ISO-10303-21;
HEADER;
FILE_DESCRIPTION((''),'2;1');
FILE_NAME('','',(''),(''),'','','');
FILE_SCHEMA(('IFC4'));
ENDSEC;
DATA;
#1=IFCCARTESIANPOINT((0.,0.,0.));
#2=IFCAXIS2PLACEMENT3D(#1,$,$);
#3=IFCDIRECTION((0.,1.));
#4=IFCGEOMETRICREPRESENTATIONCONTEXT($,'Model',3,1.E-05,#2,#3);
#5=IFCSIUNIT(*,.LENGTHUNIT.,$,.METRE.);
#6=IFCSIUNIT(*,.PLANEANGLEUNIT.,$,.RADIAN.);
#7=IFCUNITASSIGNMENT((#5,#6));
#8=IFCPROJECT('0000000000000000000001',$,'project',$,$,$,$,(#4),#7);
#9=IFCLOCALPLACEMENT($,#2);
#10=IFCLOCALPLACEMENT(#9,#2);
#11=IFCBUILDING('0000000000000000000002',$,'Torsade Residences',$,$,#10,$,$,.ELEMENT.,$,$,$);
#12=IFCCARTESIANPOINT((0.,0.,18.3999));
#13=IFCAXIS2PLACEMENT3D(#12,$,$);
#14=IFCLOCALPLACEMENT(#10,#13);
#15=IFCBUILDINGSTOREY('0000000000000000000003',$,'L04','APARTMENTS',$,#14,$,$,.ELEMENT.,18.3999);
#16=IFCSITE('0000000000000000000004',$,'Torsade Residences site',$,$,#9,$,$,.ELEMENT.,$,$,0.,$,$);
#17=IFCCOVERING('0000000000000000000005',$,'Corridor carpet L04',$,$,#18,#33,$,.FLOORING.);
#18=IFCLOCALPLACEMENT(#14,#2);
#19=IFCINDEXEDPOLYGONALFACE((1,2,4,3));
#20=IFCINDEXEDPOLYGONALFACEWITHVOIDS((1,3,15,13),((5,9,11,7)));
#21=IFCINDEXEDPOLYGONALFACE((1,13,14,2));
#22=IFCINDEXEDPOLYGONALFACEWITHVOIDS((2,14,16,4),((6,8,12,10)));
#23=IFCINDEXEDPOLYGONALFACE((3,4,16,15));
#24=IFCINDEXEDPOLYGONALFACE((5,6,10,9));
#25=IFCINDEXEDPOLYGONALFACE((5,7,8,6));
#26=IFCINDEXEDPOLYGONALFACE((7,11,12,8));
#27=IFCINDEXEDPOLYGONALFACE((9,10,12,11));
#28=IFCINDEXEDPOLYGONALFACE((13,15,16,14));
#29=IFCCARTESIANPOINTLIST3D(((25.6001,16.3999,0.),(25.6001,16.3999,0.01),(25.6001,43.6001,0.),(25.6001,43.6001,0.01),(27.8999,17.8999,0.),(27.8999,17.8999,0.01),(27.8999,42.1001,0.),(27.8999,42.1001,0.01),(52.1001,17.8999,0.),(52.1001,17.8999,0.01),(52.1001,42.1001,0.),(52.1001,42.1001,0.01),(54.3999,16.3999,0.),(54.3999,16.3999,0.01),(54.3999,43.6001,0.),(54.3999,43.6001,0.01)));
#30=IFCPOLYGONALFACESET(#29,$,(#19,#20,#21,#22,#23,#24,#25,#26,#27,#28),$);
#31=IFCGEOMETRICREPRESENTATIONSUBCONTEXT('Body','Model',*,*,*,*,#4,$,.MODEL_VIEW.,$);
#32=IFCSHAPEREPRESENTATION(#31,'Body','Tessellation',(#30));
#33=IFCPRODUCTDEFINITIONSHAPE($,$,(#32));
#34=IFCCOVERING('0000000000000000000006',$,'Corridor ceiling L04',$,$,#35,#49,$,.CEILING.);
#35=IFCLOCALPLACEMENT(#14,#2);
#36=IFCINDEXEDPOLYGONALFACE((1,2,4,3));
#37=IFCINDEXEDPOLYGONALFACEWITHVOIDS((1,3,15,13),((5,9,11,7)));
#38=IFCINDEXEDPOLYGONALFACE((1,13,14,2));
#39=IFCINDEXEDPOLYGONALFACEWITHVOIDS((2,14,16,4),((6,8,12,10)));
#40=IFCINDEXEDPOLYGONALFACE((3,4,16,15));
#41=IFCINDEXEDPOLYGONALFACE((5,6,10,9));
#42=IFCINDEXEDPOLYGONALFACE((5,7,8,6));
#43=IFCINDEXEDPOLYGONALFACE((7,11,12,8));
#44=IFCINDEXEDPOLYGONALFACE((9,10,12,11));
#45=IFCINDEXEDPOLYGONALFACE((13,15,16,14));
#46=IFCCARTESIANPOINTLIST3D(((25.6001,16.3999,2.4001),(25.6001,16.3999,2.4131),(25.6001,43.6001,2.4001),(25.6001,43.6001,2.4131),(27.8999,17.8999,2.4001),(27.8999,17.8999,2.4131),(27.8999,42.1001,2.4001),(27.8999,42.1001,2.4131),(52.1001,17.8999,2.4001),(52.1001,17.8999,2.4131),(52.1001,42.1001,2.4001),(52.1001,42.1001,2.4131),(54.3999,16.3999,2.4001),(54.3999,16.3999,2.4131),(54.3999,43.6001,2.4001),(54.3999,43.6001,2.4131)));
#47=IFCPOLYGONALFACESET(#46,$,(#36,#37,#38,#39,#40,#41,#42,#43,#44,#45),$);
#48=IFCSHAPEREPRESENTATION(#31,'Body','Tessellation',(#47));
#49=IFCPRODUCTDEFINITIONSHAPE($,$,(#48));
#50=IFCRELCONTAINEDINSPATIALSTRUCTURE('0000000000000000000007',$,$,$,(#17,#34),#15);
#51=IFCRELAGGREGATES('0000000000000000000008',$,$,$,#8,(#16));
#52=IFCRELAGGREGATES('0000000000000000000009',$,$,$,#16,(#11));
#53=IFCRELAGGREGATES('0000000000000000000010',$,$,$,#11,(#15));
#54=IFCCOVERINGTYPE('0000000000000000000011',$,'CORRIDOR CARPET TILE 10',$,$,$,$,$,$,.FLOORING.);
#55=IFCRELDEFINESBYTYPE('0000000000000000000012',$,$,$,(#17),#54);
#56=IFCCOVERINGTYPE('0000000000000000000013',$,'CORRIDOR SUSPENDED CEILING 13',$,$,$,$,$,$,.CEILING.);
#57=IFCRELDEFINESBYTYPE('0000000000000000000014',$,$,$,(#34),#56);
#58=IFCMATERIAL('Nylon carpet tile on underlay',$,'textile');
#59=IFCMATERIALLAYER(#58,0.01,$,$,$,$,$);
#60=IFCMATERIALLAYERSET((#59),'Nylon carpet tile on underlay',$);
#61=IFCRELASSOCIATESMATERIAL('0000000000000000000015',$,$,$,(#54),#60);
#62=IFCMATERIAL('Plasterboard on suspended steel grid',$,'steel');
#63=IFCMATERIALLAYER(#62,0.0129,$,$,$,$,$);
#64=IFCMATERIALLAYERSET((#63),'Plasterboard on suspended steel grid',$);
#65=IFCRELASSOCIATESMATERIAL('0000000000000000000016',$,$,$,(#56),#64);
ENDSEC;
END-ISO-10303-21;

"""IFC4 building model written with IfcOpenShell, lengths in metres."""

from ifc_helpers import new_model, si_unit, direction, frame, origin, place, context, subcontext, project, spatial, polyline, outline, extrude, material, layer, layer_set, type_object, element, save


model = new_model("IFC4")

# Units and contexts
model_context = context("Model", 3, precision=1e-05, world=origin(), true_north=direction((0.0, 1.0)))
body_context = subcontext(model_context, "Body", "Model", "MODEL_VIEW")
ifc_project = project(units=[si_unit("LENGTHUNIT", "METRE"), si_unit("PLANEANGLEUNIT", "RADIAN")], contexts=[model_context])

# Site, building, storey
site_placement = place(None, origin())
site = spatial("IfcSite", under=ifc_project, at=site_placement, Name="Torsade Residences site", CompositionType="ELEMENT", RefElevation=0.0)
building_placement = place(site_placement, origin())
building = spatial("IfcBuilding", under=site, at=building_placement, Name="Torsade Residences", CompositionType="ELEMENT")
storey_placement = place(building_placement, frame((0.0, 0.0, 18.3999)))
storey = spatial("IfcBuildingStorey", under=building, at=storey_placement, Name="L04", Description="APARTMENTS", CompositionType="ELEMENT", Elevation=18.3999)

# Coverings
ifc_material_1 = material(Name="Nylon carpet tile on underlay", Category="textile")
ifc_layer_1 = layer(ifc_material_1, 0.01)
ifc_layer_set_1 = layer_set([ifc_layer_1], Name="Nylon carpet tile on underlay")
covering_type_1 = type_object("IfcCoveringType", Name="CORRIDOR CARPET TILE 10", PredefinedType="FLOORING", material=ifc_layer_set_1)
covering_1_placement = place(storey_placement, origin())
element("IfcCovering", 1, at=covering_1_placement, inside=storey, type_object=covering_type_1, Name="Corridor carpet L04", PredefinedType="FLOORING", context=body_context, shape_type="SweptSolid", body=[
    extrude(outline(polyline([(54.3999, 16.3999), (54.3999, 43.6001), (25.6001, 43.6001), (25.6001, 16.3999), (54.3999, 16.3999)]), holes=[polyline([(52.1001, 42.1001), (27.8999, 42.1001), (27.8999, 17.8999), (52.1001, 17.8999), (52.1001, 42.1001)])]), origin(), (0.0, 0.0, 1.0), 0.01),
])
ifc_material_2 = material(Name="Plasterboard on suspended steel grid", Category="steel")
ifc_layer_2 = layer(ifc_material_2, 0.0129)
ifc_layer_set_2 = layer_set([ifc_layer_2], Name="Plasterboard on suspended steel grid")
covering_type_2 = type_object("IfcCoveringType", Name="CORRIDOR SUSPENDED CEILING 13", PredefinedType="CEILING", material=ifc_layer_set_2)
covering_2_placement = place(storey_placement, frame((0.0, 0.0, 2.4001)))
element("IfcCovering", 2, at=covering_2_placement, inside=storey, type_object=covering_type_2, Name="Corridor ceiling L04", PredefinedType="CEILING", context=body_context, shape_type="SweptSolid", body=[
    extrude(outline(polyline([(54.3999, 16.3999), (54.3999, 43.6001), (25.6001, 43.6001), (25.6001, 16.3999), (54.3999, 16.3999)]), holes=[polyline([(52.1001, 42.1001), (27.8999, 42.1001), (27.8999, 17.8999), (52.1001, 17.8999), (52.1001, 42.1001)])]), origin(), (0.0, 0.0, 1.0), 0.0129),
])

save(model, "model.ifc")
